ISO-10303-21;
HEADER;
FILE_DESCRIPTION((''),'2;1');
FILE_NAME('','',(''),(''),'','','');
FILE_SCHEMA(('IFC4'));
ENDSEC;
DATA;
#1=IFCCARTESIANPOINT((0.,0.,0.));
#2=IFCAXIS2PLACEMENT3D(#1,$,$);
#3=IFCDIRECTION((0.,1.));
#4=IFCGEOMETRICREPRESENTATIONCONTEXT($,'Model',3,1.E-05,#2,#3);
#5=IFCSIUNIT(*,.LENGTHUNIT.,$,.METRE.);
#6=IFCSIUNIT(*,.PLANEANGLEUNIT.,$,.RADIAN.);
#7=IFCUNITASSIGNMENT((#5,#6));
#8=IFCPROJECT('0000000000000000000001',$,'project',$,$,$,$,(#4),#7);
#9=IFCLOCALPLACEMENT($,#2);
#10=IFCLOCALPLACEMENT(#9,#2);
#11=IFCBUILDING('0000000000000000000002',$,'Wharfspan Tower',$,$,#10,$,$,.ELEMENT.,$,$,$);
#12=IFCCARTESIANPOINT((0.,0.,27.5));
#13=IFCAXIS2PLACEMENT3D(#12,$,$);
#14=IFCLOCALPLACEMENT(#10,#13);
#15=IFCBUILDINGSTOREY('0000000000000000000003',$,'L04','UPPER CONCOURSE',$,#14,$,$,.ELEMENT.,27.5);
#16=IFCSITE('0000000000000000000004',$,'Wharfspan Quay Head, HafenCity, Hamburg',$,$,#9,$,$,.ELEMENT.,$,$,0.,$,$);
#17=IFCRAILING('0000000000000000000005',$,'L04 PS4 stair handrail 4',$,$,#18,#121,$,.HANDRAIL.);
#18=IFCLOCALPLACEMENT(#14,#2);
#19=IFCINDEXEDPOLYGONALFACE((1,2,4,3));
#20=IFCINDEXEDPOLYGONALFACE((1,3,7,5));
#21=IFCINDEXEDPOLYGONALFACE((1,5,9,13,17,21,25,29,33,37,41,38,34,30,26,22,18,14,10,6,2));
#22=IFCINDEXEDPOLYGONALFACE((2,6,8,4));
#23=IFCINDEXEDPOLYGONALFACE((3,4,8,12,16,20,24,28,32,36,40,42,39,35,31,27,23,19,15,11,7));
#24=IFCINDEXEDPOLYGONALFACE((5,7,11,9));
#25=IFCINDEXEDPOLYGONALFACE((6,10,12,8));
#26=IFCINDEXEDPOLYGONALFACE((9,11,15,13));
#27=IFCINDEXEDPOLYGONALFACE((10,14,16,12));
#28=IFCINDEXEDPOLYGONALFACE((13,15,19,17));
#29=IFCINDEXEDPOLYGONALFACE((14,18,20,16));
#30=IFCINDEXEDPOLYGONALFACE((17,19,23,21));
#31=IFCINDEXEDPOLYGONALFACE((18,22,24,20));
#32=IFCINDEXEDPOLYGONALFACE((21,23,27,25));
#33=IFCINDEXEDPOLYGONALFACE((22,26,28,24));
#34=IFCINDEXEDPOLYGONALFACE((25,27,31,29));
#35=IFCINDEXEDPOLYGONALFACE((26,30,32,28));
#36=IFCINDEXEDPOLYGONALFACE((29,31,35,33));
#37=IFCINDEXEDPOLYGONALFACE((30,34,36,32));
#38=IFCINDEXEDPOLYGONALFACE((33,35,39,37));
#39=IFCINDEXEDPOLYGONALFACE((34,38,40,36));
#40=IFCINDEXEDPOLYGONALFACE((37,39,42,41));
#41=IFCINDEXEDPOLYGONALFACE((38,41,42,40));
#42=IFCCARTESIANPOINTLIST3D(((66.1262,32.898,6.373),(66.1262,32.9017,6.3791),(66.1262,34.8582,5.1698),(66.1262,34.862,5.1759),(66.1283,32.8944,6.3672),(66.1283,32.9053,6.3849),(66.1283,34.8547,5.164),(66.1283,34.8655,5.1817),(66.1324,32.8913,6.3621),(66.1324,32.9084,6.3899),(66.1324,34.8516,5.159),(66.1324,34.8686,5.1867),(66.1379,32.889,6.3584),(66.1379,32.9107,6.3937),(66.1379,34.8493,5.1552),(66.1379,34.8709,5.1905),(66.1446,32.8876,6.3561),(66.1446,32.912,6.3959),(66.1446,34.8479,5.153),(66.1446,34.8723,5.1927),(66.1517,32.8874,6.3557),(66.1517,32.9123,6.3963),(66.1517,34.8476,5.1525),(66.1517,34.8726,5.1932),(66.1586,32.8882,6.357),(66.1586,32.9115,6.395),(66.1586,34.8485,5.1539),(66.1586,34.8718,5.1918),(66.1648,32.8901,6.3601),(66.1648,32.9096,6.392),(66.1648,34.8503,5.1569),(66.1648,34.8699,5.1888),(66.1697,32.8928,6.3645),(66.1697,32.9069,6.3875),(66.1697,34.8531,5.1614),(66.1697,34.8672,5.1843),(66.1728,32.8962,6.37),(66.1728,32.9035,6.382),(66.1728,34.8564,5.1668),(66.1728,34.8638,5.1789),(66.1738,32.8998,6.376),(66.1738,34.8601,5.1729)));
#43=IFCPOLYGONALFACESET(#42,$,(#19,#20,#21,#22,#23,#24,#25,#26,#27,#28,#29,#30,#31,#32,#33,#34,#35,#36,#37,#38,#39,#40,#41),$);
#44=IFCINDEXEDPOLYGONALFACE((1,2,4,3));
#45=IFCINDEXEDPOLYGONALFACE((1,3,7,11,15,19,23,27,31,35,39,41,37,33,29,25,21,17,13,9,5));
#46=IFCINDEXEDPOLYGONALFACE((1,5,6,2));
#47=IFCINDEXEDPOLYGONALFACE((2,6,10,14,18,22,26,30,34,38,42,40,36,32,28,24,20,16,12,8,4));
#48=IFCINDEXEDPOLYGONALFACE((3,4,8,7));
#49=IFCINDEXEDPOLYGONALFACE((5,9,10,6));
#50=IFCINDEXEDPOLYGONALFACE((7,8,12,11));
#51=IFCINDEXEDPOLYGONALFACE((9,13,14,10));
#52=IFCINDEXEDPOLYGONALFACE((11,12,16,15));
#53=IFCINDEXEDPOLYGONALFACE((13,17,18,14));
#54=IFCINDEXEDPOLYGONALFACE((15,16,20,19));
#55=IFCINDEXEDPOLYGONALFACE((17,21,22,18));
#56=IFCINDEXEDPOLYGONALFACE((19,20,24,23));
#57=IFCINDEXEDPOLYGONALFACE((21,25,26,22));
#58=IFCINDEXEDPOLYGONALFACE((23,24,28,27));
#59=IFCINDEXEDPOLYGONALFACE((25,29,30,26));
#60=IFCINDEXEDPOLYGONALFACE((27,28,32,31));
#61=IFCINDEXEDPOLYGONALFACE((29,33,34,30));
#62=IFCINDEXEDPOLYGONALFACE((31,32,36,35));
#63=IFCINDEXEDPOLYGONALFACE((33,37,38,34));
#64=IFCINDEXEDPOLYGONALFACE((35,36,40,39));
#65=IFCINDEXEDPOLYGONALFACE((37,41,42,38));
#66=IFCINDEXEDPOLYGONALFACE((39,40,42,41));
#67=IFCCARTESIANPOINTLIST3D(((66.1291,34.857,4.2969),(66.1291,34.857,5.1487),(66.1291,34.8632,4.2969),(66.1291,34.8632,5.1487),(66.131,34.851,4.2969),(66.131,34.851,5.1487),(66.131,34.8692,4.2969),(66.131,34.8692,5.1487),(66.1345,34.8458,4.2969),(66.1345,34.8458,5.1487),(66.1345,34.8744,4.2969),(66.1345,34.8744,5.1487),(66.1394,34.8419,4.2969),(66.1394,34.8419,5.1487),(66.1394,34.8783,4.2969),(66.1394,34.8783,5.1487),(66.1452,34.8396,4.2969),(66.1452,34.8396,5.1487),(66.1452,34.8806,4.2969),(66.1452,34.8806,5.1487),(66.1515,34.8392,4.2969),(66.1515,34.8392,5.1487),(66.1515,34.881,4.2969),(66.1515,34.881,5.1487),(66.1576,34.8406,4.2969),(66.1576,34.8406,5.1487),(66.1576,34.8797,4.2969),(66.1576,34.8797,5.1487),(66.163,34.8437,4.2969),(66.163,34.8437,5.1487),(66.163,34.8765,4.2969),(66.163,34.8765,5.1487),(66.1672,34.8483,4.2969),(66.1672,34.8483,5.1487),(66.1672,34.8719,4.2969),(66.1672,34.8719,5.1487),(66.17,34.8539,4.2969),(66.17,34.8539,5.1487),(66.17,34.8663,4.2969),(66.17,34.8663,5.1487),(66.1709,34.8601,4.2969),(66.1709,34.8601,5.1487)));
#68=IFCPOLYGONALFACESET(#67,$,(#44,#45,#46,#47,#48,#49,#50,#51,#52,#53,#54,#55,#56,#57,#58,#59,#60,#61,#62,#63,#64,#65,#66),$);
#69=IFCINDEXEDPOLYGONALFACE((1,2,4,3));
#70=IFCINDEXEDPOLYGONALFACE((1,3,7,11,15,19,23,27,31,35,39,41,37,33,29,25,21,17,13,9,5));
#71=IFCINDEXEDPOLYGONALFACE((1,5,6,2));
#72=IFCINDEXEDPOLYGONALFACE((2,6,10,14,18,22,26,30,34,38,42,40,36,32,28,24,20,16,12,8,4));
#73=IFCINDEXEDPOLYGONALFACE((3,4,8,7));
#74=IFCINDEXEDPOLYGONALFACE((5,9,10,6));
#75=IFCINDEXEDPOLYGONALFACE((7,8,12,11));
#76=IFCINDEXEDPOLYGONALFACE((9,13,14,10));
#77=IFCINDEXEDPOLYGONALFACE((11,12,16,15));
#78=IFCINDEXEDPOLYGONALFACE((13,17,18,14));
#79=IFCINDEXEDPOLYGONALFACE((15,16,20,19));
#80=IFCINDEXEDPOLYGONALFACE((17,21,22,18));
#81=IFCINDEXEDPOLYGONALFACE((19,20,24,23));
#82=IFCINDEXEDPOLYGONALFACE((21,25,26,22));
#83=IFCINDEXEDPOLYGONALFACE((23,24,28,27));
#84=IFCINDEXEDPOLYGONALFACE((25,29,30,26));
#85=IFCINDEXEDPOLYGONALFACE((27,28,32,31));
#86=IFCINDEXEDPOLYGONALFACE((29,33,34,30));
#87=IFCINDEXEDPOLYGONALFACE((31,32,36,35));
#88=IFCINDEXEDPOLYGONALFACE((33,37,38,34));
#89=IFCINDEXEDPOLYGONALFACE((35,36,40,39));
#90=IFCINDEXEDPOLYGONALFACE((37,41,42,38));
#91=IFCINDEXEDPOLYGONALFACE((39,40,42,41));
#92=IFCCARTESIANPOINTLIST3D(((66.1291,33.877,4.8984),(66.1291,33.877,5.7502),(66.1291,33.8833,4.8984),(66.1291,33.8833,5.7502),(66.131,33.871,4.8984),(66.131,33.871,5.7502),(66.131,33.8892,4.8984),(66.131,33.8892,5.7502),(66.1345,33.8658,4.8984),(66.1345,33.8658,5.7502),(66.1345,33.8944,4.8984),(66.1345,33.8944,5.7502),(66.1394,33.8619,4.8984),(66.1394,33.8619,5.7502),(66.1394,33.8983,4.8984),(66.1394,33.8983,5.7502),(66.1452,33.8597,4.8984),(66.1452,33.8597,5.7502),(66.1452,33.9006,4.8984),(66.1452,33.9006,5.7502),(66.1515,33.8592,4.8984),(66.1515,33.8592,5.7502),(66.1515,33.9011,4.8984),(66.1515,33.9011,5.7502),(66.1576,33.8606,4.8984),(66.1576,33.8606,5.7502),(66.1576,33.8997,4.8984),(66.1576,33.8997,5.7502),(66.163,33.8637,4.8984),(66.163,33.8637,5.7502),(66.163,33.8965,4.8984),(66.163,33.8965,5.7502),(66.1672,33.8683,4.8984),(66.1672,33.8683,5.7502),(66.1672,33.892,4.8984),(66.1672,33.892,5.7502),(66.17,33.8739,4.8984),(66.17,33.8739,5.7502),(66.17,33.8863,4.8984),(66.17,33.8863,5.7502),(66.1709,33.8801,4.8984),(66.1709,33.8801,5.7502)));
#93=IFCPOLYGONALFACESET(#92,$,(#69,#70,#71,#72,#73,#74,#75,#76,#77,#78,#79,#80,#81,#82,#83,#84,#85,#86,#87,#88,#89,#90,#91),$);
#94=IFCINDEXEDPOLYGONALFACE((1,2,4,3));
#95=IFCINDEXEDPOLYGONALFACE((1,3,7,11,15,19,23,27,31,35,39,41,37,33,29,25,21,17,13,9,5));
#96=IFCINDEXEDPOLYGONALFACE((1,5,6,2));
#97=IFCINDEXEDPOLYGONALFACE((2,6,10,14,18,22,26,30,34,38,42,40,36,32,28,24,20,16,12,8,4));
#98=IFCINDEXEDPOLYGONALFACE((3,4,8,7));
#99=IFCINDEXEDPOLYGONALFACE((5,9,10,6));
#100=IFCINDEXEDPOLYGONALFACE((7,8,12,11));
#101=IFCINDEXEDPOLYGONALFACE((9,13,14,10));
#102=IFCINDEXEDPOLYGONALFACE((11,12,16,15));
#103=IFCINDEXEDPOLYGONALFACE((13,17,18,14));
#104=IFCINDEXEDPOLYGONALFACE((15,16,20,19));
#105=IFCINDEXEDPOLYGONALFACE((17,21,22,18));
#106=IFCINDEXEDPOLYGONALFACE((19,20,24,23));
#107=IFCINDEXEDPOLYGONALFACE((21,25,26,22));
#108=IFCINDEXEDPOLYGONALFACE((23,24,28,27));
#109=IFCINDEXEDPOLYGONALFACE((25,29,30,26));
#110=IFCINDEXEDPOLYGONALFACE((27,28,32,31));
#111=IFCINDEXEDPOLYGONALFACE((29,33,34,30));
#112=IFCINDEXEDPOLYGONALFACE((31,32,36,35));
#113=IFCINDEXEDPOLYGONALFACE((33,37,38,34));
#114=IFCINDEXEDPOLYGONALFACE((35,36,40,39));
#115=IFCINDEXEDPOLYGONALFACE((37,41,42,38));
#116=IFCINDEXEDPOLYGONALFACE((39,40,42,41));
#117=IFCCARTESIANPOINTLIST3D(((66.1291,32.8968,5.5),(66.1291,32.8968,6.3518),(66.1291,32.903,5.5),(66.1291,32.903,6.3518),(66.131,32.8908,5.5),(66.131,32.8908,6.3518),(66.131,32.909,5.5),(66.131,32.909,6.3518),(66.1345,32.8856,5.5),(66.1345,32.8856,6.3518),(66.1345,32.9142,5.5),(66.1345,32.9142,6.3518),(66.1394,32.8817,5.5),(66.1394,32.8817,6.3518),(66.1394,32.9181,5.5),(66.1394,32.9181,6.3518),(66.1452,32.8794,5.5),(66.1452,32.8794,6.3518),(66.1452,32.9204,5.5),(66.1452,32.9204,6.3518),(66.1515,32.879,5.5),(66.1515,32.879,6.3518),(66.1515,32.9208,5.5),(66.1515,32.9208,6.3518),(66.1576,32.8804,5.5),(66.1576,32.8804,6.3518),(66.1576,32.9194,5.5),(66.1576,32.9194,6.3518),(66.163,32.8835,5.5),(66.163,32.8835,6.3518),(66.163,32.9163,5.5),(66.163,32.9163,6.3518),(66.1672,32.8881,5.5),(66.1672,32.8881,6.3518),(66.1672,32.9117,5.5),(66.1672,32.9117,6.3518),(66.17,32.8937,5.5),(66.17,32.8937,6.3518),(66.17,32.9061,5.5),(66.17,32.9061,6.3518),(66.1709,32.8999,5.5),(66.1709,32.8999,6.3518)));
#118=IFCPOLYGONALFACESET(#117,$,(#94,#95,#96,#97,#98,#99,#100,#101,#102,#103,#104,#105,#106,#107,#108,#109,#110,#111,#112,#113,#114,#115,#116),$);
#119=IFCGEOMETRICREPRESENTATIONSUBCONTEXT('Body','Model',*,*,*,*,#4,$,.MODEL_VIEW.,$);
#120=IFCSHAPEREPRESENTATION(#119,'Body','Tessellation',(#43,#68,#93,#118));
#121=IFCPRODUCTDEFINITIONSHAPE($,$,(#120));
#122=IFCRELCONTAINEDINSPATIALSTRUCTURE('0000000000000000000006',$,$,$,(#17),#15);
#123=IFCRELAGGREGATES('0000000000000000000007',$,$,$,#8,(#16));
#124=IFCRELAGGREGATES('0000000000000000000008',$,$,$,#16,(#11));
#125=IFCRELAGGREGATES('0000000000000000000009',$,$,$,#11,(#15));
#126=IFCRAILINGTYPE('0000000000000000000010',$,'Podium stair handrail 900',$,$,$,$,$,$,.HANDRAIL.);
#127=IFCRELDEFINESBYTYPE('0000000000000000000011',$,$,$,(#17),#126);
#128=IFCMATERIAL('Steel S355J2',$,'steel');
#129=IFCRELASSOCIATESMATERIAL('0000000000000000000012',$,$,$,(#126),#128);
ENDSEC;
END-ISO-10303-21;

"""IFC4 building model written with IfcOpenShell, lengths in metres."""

from ifc_helpers import new_model, si_unit, direction, frame, origin, origin_2d, place, context, subcontext, project, spatial, circle, extrude, material, type_object, element, save


model = new_model("IFC4")

# Units and contexts
model_context = context("Model", 3, precision=1e-05, world=origin(), true_north=direction((0.0, 1.0)))
body_context = subcontext(model_context, "Body", "Model", "MODEL_VIEW")
ifc_project = project(units=[si_unit("LENGTHUNIT", "METRE"), si_unit("PLANEANGLEUNIT", "RADIAN")], contexts=[model_context])

# Site, building, storey
site_placement = place(None, origin())
site = spatial("IfcSite", under=ifc_project, at=site_placement, Name="Wharfspan Quay Head, HafenCity, Hamburg", CompositionType="ELEMENT", RefElevation=0.0)
building_placement = place(site_placement, origin())
building = spatial("IfcBuilding", under=site, at=building_placement, Name="Wharfspan Tower", CompositionType="ELEMENT")
storey_placement = place(building_placement, frame((0.0, 0.0, 27.5)))
storey = spatial("IfcBuildingStorey", under=building, at=storey_placement, Name="L04", Description="UPPER CONCOURSE", CompositionType="ELEMENT", Elevation=27.5)

# Railing
ifc_material_1 = material(Name="Steel S355J2", Category="steel")
railing_type_1 = type_object("IfcRailingType", Name="Podium stair handrail 900", PredefinedType="HANDRAIL", material=ifc_material_1)
railing_1_placement = place(storey_placement, frame((66.1499, 34.8601, 4.2969)))
element("IfcRailing", 1, at=railing_1_placement, inside=storey, type_object=railing_type_1, Name="L04 PS4 stair handrail 4", PredefinedType="HANDRAIL", context=body_context, shape_type="SweptSolid", body=[
    extrude(circle(Radius=0.0239, at=origin_2d()), frame((0.0, 0.0, 0.876), z_axis=(0.0, -0.85227, 0.523102), x_axis=(1.0, 0.0, 0.0)), (0.0, 0.0, 1.0), 2.3),
    extrude(circle(Radius=0.021, at=origin_2d()), origin(), (0.0, 0.0, 1.0), 0.8518),
    extrude(circle(Radius=0.021, at=origin_2d()), frame((0.0, -0.98, 0.6016)), (0.0, 0.0, 1.0), 0.8518),
    extrude(circle(Radius=0.021, at=origin_2d()), frame((0.0, -1.9602, 1.2031)), (0.0, 0.0, 1.0), 0.8518),
])

save(model, "model.ifc")
